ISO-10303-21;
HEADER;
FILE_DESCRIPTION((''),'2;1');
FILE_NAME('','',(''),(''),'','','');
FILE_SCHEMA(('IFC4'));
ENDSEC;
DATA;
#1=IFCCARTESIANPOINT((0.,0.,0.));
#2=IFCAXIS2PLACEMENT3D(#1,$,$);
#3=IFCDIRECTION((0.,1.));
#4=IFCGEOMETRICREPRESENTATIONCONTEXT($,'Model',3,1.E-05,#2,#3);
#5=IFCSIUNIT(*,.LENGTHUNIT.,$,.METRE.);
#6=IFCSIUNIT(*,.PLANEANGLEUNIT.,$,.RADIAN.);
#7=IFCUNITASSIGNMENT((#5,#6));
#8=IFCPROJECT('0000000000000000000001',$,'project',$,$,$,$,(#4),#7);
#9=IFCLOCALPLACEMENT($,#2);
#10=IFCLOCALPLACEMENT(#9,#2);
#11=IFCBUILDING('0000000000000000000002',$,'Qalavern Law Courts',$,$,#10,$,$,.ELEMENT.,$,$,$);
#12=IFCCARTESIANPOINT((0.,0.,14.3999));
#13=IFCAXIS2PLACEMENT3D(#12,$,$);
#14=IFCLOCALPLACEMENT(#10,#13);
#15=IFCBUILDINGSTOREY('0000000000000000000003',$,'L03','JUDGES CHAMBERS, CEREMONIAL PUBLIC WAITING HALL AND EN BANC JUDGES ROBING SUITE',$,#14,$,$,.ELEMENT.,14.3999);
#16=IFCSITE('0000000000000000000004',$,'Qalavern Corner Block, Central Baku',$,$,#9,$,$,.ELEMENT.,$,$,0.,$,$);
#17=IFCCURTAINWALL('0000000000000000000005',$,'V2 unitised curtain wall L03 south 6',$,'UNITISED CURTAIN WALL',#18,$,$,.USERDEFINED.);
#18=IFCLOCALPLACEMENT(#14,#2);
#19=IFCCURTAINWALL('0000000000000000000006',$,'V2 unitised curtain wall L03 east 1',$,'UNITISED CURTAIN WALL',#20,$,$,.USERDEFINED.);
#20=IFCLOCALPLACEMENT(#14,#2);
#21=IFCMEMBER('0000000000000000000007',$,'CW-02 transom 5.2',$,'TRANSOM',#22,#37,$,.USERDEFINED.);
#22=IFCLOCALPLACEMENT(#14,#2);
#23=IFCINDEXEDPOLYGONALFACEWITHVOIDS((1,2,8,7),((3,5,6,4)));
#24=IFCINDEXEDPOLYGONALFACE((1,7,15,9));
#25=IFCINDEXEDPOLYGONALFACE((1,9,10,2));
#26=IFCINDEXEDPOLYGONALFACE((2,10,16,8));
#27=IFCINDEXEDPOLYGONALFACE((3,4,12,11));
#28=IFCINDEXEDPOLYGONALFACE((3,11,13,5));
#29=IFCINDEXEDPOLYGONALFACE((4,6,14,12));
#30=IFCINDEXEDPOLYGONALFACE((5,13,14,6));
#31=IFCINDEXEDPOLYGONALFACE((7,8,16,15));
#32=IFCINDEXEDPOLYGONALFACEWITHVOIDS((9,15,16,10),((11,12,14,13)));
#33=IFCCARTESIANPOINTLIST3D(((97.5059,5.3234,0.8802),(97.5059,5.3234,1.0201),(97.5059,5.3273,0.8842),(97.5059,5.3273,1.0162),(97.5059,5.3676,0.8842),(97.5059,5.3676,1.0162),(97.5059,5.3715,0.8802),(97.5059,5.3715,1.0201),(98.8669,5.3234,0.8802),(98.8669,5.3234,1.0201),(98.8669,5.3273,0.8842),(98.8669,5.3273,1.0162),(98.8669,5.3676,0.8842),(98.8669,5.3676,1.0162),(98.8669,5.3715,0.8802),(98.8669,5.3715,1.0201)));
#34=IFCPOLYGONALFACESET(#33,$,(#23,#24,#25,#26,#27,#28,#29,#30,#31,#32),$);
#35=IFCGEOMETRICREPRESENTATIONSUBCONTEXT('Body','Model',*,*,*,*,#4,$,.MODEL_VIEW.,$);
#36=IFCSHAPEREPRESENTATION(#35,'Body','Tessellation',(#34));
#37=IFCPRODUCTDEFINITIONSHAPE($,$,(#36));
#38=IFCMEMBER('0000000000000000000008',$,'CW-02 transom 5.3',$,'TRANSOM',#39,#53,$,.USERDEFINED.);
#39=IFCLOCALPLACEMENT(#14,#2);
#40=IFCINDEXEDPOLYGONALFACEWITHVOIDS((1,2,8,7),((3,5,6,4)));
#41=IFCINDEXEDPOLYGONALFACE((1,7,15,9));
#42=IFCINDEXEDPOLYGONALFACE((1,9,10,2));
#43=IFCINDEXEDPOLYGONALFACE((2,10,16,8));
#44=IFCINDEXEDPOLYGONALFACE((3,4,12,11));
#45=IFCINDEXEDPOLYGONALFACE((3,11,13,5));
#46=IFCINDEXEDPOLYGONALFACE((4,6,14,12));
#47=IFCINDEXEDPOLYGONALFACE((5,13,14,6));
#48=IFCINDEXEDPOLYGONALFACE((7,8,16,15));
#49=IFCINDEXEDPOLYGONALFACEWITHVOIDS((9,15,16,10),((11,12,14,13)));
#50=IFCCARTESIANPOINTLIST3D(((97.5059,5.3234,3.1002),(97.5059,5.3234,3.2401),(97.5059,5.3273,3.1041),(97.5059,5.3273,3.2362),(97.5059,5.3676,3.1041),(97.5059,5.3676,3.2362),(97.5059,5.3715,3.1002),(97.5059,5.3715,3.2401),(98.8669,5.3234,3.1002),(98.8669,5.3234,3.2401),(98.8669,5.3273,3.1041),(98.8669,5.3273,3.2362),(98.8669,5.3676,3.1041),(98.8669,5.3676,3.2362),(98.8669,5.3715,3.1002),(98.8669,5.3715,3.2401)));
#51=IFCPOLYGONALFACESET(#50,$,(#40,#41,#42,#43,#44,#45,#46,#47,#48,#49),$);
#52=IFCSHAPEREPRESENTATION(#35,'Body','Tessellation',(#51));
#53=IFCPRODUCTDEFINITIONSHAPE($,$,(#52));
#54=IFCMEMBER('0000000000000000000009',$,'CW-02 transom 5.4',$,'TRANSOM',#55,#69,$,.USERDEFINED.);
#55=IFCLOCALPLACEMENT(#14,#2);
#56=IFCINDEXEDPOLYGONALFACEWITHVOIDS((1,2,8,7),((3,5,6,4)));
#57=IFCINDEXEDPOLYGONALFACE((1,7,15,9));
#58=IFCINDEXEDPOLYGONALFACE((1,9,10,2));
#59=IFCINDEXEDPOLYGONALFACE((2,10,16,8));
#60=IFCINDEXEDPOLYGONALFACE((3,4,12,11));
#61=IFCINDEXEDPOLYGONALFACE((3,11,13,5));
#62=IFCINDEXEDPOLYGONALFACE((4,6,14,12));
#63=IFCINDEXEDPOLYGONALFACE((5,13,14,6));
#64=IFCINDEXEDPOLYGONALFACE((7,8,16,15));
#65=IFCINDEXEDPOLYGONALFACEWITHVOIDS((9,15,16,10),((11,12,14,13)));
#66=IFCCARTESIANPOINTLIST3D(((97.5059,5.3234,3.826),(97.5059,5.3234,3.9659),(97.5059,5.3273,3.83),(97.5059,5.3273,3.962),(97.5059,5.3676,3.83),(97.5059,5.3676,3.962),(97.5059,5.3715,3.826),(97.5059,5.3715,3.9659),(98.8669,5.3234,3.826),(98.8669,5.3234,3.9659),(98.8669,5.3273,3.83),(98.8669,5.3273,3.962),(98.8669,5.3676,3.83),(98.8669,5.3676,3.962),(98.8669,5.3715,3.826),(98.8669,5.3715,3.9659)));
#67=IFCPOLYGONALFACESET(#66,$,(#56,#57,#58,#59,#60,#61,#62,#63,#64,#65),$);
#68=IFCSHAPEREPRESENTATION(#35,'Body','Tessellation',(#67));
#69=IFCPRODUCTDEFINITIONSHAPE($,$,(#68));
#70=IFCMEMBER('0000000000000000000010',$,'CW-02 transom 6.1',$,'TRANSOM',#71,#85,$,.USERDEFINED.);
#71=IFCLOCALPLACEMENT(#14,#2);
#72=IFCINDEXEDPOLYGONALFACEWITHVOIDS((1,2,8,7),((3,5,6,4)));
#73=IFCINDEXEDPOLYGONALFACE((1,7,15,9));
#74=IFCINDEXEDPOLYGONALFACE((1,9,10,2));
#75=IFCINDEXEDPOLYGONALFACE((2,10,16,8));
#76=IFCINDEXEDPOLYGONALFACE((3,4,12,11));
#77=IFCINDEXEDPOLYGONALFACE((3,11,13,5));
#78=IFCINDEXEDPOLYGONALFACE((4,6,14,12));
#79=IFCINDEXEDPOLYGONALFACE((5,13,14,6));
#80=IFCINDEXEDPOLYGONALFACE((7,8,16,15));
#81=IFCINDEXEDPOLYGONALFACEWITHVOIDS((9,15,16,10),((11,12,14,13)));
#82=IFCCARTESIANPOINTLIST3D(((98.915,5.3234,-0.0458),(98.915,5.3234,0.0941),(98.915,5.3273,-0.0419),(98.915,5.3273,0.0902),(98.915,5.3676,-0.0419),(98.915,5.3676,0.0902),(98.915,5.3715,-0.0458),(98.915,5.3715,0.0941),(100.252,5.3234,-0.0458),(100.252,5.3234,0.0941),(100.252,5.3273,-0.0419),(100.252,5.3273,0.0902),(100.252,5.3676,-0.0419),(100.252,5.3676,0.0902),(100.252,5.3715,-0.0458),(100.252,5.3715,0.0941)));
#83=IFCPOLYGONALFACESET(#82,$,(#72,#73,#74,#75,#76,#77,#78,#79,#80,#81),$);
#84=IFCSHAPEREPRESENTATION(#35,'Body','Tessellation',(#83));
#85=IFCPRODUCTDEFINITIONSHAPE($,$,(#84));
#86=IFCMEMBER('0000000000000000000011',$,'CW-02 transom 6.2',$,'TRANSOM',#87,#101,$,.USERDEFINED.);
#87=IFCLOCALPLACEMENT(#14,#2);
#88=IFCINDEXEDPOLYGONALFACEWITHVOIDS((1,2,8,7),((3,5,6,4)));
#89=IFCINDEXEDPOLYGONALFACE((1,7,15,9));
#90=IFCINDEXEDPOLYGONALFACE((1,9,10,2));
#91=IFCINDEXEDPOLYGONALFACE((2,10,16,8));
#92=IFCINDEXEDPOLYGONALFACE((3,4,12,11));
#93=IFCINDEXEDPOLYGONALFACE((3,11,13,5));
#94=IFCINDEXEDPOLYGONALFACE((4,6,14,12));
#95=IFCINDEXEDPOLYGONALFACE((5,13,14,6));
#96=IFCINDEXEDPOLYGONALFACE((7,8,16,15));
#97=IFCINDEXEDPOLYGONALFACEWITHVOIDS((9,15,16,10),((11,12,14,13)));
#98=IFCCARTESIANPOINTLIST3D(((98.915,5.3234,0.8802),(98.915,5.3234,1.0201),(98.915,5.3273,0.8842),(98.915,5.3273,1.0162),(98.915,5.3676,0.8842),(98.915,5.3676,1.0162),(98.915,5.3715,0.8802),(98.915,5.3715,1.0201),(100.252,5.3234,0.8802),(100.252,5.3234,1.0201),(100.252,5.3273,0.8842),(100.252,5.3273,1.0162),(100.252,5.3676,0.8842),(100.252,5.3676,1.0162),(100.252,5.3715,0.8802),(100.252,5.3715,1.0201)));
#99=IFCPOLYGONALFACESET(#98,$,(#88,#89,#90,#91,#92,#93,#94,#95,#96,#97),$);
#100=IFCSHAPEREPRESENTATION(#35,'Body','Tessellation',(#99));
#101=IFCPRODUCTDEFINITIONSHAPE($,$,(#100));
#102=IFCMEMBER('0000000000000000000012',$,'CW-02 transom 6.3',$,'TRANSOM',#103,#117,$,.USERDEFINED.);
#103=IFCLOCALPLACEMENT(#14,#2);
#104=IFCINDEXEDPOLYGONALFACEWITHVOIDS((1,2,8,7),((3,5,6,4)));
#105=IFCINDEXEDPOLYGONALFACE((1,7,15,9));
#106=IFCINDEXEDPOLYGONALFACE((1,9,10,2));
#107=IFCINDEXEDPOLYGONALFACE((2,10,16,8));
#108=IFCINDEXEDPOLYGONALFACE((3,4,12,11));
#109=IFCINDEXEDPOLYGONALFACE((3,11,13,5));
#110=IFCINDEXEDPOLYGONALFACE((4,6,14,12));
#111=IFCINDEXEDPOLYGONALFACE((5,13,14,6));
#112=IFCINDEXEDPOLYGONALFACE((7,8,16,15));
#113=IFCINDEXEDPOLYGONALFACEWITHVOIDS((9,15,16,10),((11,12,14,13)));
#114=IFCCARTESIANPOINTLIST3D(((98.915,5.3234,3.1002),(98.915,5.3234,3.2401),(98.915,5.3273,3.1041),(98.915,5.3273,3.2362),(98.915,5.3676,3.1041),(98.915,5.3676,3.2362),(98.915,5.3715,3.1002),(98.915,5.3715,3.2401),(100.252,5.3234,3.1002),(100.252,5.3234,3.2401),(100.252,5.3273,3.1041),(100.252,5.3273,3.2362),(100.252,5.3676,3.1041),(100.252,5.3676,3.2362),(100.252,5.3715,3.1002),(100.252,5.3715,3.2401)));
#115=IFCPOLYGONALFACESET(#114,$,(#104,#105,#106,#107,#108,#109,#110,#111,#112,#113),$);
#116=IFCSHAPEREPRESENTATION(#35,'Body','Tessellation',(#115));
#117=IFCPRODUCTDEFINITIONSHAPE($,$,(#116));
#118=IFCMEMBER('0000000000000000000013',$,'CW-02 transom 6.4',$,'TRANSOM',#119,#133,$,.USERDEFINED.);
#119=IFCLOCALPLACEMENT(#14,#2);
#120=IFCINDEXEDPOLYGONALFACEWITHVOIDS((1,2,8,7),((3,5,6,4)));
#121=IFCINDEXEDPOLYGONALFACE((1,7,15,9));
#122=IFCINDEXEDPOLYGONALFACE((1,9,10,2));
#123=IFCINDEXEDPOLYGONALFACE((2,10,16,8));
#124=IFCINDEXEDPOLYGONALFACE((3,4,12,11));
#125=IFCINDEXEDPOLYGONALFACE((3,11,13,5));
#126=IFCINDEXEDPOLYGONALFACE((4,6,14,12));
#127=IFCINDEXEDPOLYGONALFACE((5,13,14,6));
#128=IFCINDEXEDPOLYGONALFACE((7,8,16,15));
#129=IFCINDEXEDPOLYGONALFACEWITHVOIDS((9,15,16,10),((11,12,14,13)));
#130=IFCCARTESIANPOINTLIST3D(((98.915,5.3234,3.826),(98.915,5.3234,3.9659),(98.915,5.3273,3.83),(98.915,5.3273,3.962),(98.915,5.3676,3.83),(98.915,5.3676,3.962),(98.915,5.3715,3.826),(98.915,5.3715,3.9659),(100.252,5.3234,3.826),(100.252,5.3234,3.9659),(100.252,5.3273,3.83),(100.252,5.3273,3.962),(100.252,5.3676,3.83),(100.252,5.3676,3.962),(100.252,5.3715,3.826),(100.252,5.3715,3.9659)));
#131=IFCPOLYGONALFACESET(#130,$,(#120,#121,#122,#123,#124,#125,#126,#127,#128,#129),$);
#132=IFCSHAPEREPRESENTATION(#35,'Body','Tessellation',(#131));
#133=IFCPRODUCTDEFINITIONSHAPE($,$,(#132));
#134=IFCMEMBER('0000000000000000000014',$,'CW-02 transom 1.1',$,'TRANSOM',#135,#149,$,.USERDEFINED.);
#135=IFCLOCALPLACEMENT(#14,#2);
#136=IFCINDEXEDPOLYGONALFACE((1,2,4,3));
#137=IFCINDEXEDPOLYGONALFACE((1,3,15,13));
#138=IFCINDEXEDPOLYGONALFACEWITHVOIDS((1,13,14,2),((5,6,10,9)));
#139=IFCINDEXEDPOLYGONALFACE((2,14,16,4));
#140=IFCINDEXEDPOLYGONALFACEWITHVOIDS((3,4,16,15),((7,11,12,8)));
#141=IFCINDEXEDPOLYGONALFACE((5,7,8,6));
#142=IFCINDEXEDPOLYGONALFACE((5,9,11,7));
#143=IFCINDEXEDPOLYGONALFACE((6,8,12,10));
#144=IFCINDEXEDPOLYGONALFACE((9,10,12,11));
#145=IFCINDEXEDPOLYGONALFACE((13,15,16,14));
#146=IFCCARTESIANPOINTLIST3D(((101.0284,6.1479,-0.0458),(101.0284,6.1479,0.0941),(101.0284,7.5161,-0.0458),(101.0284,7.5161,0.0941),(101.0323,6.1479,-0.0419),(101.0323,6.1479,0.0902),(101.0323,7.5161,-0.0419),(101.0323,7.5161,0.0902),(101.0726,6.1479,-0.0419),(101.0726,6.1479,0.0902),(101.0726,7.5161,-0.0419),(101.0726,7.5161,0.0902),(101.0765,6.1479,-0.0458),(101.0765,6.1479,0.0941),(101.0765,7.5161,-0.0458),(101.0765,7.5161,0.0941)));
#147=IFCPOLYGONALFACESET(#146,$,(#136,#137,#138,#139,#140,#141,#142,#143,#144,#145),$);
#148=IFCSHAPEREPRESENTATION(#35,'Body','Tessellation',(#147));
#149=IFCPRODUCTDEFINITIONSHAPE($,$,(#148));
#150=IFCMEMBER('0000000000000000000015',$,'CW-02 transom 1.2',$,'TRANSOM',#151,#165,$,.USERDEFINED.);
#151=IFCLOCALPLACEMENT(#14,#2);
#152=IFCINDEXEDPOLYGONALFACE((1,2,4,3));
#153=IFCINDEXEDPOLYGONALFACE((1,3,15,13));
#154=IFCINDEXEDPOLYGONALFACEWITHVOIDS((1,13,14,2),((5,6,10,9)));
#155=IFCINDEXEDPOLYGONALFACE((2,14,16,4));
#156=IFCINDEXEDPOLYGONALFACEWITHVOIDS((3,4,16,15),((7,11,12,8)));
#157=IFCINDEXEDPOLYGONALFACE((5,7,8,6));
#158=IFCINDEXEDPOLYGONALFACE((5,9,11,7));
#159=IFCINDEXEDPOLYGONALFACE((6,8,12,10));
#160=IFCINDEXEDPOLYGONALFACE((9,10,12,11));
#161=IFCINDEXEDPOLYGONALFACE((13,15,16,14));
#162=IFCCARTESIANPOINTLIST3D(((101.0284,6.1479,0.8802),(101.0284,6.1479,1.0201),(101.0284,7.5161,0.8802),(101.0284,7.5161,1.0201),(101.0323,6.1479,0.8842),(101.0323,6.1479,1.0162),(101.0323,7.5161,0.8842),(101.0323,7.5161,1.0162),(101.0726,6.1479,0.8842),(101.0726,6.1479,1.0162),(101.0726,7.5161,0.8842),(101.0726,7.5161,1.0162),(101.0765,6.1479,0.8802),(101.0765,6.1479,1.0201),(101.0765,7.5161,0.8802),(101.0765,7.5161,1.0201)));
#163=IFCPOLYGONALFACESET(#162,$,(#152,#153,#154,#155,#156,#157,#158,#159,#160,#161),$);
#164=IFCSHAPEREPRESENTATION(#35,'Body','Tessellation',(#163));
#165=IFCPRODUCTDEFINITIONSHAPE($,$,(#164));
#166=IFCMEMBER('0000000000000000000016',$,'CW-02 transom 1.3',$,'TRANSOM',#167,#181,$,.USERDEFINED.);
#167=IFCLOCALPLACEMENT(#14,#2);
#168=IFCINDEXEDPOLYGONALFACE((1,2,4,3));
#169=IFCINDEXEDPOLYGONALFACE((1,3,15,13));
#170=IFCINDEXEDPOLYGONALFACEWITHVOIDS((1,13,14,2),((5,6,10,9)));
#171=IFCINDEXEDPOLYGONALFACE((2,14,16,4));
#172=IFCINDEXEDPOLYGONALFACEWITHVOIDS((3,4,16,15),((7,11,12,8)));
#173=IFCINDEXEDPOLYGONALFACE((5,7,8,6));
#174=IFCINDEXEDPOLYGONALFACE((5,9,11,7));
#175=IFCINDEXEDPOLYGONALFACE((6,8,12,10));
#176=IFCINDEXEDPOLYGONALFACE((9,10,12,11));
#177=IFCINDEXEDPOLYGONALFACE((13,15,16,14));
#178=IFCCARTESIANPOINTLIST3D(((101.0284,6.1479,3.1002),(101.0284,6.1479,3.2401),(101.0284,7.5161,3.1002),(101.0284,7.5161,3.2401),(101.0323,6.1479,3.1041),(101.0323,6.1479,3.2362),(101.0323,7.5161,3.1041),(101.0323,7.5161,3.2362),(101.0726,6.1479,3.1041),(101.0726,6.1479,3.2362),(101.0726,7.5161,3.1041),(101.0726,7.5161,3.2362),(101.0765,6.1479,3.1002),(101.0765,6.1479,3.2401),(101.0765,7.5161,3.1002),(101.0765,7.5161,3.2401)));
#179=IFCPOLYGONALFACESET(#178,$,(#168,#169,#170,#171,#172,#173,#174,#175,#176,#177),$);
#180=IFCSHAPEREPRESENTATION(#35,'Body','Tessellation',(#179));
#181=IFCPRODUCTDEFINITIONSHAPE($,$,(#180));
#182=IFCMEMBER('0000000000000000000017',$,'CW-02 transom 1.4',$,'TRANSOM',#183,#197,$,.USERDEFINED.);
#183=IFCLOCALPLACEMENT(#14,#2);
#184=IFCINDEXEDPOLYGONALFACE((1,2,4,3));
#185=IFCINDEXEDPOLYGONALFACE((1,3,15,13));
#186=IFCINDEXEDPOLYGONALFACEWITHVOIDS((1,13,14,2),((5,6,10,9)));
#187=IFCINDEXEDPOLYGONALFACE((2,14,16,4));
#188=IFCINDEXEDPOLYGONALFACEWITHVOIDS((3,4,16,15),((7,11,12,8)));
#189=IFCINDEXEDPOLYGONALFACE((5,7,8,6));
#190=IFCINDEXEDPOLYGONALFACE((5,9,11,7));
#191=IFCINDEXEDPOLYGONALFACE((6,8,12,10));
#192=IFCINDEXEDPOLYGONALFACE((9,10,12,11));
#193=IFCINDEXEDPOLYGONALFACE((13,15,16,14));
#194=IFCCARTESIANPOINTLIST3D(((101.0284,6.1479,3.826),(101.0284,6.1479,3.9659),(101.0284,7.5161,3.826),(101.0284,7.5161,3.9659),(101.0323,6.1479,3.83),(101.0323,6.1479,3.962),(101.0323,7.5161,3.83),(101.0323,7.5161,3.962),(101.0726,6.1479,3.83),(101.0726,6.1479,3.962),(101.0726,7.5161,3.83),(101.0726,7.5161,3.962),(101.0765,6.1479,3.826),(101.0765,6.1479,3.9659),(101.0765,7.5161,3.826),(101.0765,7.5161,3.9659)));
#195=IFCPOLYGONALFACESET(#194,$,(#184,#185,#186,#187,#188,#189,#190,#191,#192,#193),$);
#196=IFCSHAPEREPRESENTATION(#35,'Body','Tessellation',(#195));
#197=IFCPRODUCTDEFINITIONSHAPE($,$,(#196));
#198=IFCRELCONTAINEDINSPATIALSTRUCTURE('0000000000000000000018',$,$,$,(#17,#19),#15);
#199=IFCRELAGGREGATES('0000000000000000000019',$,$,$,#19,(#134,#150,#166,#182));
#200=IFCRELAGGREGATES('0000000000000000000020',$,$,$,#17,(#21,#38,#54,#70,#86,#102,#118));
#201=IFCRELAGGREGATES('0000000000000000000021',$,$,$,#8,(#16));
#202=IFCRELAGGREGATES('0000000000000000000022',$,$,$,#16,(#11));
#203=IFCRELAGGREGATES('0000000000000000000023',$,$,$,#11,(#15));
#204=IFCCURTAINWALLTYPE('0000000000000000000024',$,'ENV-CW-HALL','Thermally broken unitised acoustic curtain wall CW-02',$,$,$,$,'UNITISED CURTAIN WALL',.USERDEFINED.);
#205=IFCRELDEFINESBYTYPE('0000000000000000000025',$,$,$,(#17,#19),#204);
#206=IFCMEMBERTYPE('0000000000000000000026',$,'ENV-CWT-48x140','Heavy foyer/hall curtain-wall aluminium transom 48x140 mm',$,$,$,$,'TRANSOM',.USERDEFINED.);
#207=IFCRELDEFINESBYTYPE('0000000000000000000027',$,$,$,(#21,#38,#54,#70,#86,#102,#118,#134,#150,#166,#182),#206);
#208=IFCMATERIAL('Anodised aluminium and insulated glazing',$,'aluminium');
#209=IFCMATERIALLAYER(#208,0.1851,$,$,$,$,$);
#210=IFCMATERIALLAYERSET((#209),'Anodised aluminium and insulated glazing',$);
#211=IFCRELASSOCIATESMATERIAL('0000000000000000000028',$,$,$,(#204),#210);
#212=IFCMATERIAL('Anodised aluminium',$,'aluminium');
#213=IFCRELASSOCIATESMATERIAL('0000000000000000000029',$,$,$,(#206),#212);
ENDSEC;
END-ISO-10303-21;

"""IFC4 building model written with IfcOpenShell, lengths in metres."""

from ifc_helpers import new_model, si_unit, direction, frame, origin, origin_2d, place, context, subcontext, project, spatial, hollow_rectangle, extrude, material, layer, layer_set, material_profile, profile_set, type_object, element, aggregate, save


model = new_model("IFC4")

# Units and contexts
model_context = context("Model", 3, precision=1e-05, world=origin(), true_north=direction((0.0, 1.0)))
body_context = subcontext(model_context, "Body", "Model", "MODEL_VIEW")
ifc_project = project(units=[si_unit("LENGTHUNIT", "METRE"), si_unit("PLANEANGLEUNIT", "RADIAN")], contexts=[model_context])

# Site, building, storey
site_placement = place(None, origin())
site = spatial("IfcSite", under=ifc_project, at=site_placement, Name="Qalavern Corner Block, Central Baku", CompositionType="ELEMENT", RefElevation=0.0)
building_placement = place(site_placement, origin())
building = spatial("IfcBuilding", under=site, at=building_placement, Name="Qalavern Law Courts", CompositionType="ELEMENT")
storey_placement = place(building_placement, frame((0.0, 0.0, 14.3999)))
storey = spatial("IfcBuildingStorey", under=building, at=storey_placement, Name="L03", Description="JUDGES CHAMBERS, CEREMONIAL PUBLIC WAITING HALL AND EN BANC JUDGES ROBING SUITE", CompositionType="ELEMENT", Elevation=14.3999)

# Curtain wall
ifc_material_1 = material(Name="Anodised aluminium and insulated glazing", Category="aluminium")
ifc_layer_1 = layer(ifc_material_1, 0.1851)
ifc_layer_set_1 = layer_set([ifc_layer_1], Name="Anodised aluminium and insulated glazing")
curtain_wall_type = type_object("IfcCurtainWallType", Name="ENV-CW-HALL", Description="Thermally broken unitised acoustic curtain wall CW-02", ElementType="UNITISED CURTAIN WALL", PredefinedType="USERDEFINED", material=ifc_layer_set_1)
curtain_wall_1_placement = place(storey_placement, origin())
curtain_wall_1 = element("IfcCurtainWall", 1, at=curtain_wall_1_placement, inside=storey, type_object=curtain_wall_type, Name="V2 unitised curtain wall L03 south 6", ObjectType="UNITISED CURTAIN WALL", PredefinedType="USERDEFINED")
ifc_material_2 = material(Name="Anodised aluminium", Category="aluminium")

# Curtain wall
curtain_wall_2_placement = place(storey_placement, origin())
curtain_wall_2 = element("IfcCurtainWall", 2, at=curtain_wall_2_placement, inside=storey, type_object=curtain_wall_type, Name="V2 unitised curtain wall L03 east 1", ObjectType="UNITISED CURTAIN WALL", PredefinedType="USERDEFINED")

# Members
ifc_material_profile_1 = material_profile(ifc_material_2, hollow_rectangle(XDim=0.0481, YDim=0.1399, WallThickness=0.0039, at=origin_2d()), Name="ALU TRANSOM 48x140")
ifc_profile_set_1 = profile_set([ifc_material_profile_1], Name="Anodised aluminium")
member_type_1 = type_object("IfcMemberType", Name="ENV-CWT-48x140", Description="Heavy foyer/hall curtain-wall aluminium transom 48x140 mm", ElementType="TRANSOM", PredefinedType="USERDEFINED", material=ifc_profile_set_1)
member_1_placement = place(storey_placement, frame((97.5059, 5.3474, 0.9502), z_axis=(1.0, 0.0, 0.0), x_axis=(0.0, 1.0, 0.0)))
member_1 = element("IfcMember", 3, at=member_1_placement, type_object=member_type_1, Name="CW-02 transom 5.2", ObjectType="TRANSOM", PredefinedType="USERDEFINED", context=body_context, shape_type="SweptSolid", body=[
    extrude(hollow_rectangle(XDim=0.0481, YDim=0.1399, WallThickness=0.0039, at=origin_2d()), origin(), (0.0, 0.0, 1.0), 1.3611),
])
member_2_placement = place(storey_placement, frame((97.5059, 5.3474, 3.1702), z_axis=(1.0, 0.0, 0.0), x_axis=(0.0, 1.0, 0.0)))
member_2 = element("IfcMember", 4, at=member_2_placement, type_object=member_type_1, Name="CW-02 transom 5.3", ObjectType="TRANSOM", PredefinedType="USERDEFINED", context=body_context, shape_type="SweptSolid", body=[
    extrude(hollow_rectangle(XDim=0.0481, YDim=0.1399, WallThickness=0.0039, at=origin_2d()), origin(), (0.0, 0.0, 1.0), 1.3611),
])
member_3_placement = place(storey_placement, frame((97.5059, 5.3474, 3.896), z_axis=(1.0, 0.0, 0.0), x_axis=(0.0, 1.0, 0.0)))
member_3 = element("IfcMember", 5, at=member_3_placement, type_object=member_type_1, Name="CW-02 transom 5.4", ObjectType="TRANSOM", PredefinedType="USERDEFINED", context=body_context, shape_type="SweptSolid", body=[
    extrude(hollow_rectangle(XDim=0.0481, YDim=0.1399, WallThickness=0.0039, at=origin_2d()), origin(), (0.0, 0.0, 1.0), 1.3611),
])
member_4_placement = place(storey_placement, frame((98.915, 5.3474, 0.0242), z_axis=(1.0, 0.0, 0.0), x_axis=(0.0, 1.0, 0.0)))
member_4 = element("IfcMember", 6, at=member_4_placement, type_object=member_type_1, Name="CW-02 transom 6.1", ObjectType="TRANSOM", PredefinedType="USERDEFINED", context=body_context, shape_type="SweptSolid", body=[
    extrude(hollow_rectangle(XDim=0.0481, YDim=0.1399, WallThickness=0.0039, at=origin_2d()), origin(), (0.0, 0.0, 1.0), 1.3369),
])
member_5_placement = place(storey_placement, frame((98.915, 5.3474, 0.9502), z_axis=(1.0, 0.0, 0.0), x_axis=(0.0, 1.0, 0.0)))
member_5 = element("IfcMember", 7, at=member_5_placement, type_object=member_type_1, Name="CW-02 transom 6.2", ObjectType="TRANSOM", PredefinedType="USERDEFINED", context=body_context, shape_type="SweptSolid", body=[
    extrude(hollow_rectangle(XDim=0.0481, YDim=0.1399, WallThickness=0.0039, at=origin_2d()), origin(), (0.0, 0.0, 1.0), 1.3369),
])
member_6_placement = place(storey_placement, frame((98.915, 5.3474, 3.1702), z_axis=(1.0, 0.0, 0.0), x_axis=(0.0, 1.0, 0.0)))
member_6 = element("IfcMember", 8, at=member_6_placement, type_object=member_type_1, Name="CW-02 transom 6.3", ObjectType="TRANSOM", PredefinedType="USERDEFINED", context=body_context, shape_type="SweptSolid", body=[
    extrude(hollow_rectangle(XDim=0.0481, YDim=0.1399, WallThickness=0.0039, at=origin_2d()), origin(), (0.0, 0.0, 1.0), 1.3369),
])
member_7_placement = place(storey_placement, frame((98.915, 5.3474, 3.896), z_axis=(1.0, 0.0, 0.0), x_axis=(0.0, 1.0, 0.0)))
member_7 = element("IfcMember", 9, at=member_7_placement, type_object=member_type_1, Name="CW-02 transom 6.4", ObjectType="TRANSOM", PredefinedType="USERDEFINED", context=body_context, shape_type="SweptSolid", body=[
    extrude(hollow_rectangle(XDim=0.0481, YDim=0.1399, WallThickness=0.0039, at=origin_2d()), origin(), (0.0, 0.0, 1.0), 1.3369),
])
member_8_placement = place(storey_placement, frame((101.0525, 6.1479, 0.0242), z_axis=(0.0, 1.0, 0.0), x_axis=(-1.0, 0.0, 0.0)))
member_8 = element("IfcMember", 10, at=member_8_placement, type_object=member_type_1, Name="CW-02 transom 1.1", ObjectType="TRANSOM", PredefinedType="USERDEFINED", context=body_context, shape_type="SweptSolid", body=[
    extrude(hollow_rectangle(XDim=0.0481, YDim=0.1399, WallThickness=0.0039, at=origin_2d()), origin(), (0.0, 0.0, 1.0), 1.3682),
])
member_9_placement = place(storey_placement, frame((101.0525, 6.1479, 0.9502), z_axis=(0.0, 1.0, 0.0), x_axis=(-1.0, 0.0, 0.0)))
member_9 = element("IfcMember", 11, at=member_9_placement, type_object=member_type_1, Name="CW-02 transom 1.2", ObjectType="TRANSOM", PredefinedType="USERDEFINED", context=body_context, shape_type="SweptSolid", body=[
    extrude(hollow_rectangle(XDim=0.0481, YDim=0.1399, WallThickness=0.0039, at=origin_2d()), origin(), (0.0, 0.0, 1.0), 1.3682),
])
member_10_placement = place(storey_placement, frame((101.0525, 6.1479, 3.1702), z_axis=(0.0, 1.0, 0.0), x_axis=(-1.0, 0.0, 0.0)))
member_10 = element("IfcMember", 12, at=member_10_placement, type_object=member_type_1, Name="CW-02 transom 1.3", ObjectType="TRANSOM", PredefinedType="USERDEFINED", context=body_context, shape_type="SweptSolid", body=[
    extrude(hollow_rectangle(XDim=0.0481, YDim=0.1399, WallThickness=0.0039, at=origin_2d()), origin(), (0.0, 0.0, 1.0), 1.3682),
])
member_11_placement = place(storey_placement, frame((101.0525, 6.1479, 3.896), z_axis=(0.0, 1.0, 0.0), x_axis=(-1.0, 0.0, 0.0)))
member_11 = element("IfcMember", 13, at=member_11_placement, type_object=member_type_1, Name="CW-02 transom 1.4", ObjectType="TRANSOM", PredefinedType="USERDEFINED", context=body_context, shape_type="SweptSolid", body=[
    extrude(hollow_rectangle(XDim=0.0481, YDim=0.1399, WallThickness=0.0039, at=origin_2d()), origin(), (0.0, 0.0, 1.0), 1.3682),
])
aggregate(curtain_wall_2, [member_8, member_9, member_10, member_11])

aggregate(curtain_wall_1, [member_1, member_2, member_3, member_4, member_5, member_6, member_7])

save(model, "model.ifc")
